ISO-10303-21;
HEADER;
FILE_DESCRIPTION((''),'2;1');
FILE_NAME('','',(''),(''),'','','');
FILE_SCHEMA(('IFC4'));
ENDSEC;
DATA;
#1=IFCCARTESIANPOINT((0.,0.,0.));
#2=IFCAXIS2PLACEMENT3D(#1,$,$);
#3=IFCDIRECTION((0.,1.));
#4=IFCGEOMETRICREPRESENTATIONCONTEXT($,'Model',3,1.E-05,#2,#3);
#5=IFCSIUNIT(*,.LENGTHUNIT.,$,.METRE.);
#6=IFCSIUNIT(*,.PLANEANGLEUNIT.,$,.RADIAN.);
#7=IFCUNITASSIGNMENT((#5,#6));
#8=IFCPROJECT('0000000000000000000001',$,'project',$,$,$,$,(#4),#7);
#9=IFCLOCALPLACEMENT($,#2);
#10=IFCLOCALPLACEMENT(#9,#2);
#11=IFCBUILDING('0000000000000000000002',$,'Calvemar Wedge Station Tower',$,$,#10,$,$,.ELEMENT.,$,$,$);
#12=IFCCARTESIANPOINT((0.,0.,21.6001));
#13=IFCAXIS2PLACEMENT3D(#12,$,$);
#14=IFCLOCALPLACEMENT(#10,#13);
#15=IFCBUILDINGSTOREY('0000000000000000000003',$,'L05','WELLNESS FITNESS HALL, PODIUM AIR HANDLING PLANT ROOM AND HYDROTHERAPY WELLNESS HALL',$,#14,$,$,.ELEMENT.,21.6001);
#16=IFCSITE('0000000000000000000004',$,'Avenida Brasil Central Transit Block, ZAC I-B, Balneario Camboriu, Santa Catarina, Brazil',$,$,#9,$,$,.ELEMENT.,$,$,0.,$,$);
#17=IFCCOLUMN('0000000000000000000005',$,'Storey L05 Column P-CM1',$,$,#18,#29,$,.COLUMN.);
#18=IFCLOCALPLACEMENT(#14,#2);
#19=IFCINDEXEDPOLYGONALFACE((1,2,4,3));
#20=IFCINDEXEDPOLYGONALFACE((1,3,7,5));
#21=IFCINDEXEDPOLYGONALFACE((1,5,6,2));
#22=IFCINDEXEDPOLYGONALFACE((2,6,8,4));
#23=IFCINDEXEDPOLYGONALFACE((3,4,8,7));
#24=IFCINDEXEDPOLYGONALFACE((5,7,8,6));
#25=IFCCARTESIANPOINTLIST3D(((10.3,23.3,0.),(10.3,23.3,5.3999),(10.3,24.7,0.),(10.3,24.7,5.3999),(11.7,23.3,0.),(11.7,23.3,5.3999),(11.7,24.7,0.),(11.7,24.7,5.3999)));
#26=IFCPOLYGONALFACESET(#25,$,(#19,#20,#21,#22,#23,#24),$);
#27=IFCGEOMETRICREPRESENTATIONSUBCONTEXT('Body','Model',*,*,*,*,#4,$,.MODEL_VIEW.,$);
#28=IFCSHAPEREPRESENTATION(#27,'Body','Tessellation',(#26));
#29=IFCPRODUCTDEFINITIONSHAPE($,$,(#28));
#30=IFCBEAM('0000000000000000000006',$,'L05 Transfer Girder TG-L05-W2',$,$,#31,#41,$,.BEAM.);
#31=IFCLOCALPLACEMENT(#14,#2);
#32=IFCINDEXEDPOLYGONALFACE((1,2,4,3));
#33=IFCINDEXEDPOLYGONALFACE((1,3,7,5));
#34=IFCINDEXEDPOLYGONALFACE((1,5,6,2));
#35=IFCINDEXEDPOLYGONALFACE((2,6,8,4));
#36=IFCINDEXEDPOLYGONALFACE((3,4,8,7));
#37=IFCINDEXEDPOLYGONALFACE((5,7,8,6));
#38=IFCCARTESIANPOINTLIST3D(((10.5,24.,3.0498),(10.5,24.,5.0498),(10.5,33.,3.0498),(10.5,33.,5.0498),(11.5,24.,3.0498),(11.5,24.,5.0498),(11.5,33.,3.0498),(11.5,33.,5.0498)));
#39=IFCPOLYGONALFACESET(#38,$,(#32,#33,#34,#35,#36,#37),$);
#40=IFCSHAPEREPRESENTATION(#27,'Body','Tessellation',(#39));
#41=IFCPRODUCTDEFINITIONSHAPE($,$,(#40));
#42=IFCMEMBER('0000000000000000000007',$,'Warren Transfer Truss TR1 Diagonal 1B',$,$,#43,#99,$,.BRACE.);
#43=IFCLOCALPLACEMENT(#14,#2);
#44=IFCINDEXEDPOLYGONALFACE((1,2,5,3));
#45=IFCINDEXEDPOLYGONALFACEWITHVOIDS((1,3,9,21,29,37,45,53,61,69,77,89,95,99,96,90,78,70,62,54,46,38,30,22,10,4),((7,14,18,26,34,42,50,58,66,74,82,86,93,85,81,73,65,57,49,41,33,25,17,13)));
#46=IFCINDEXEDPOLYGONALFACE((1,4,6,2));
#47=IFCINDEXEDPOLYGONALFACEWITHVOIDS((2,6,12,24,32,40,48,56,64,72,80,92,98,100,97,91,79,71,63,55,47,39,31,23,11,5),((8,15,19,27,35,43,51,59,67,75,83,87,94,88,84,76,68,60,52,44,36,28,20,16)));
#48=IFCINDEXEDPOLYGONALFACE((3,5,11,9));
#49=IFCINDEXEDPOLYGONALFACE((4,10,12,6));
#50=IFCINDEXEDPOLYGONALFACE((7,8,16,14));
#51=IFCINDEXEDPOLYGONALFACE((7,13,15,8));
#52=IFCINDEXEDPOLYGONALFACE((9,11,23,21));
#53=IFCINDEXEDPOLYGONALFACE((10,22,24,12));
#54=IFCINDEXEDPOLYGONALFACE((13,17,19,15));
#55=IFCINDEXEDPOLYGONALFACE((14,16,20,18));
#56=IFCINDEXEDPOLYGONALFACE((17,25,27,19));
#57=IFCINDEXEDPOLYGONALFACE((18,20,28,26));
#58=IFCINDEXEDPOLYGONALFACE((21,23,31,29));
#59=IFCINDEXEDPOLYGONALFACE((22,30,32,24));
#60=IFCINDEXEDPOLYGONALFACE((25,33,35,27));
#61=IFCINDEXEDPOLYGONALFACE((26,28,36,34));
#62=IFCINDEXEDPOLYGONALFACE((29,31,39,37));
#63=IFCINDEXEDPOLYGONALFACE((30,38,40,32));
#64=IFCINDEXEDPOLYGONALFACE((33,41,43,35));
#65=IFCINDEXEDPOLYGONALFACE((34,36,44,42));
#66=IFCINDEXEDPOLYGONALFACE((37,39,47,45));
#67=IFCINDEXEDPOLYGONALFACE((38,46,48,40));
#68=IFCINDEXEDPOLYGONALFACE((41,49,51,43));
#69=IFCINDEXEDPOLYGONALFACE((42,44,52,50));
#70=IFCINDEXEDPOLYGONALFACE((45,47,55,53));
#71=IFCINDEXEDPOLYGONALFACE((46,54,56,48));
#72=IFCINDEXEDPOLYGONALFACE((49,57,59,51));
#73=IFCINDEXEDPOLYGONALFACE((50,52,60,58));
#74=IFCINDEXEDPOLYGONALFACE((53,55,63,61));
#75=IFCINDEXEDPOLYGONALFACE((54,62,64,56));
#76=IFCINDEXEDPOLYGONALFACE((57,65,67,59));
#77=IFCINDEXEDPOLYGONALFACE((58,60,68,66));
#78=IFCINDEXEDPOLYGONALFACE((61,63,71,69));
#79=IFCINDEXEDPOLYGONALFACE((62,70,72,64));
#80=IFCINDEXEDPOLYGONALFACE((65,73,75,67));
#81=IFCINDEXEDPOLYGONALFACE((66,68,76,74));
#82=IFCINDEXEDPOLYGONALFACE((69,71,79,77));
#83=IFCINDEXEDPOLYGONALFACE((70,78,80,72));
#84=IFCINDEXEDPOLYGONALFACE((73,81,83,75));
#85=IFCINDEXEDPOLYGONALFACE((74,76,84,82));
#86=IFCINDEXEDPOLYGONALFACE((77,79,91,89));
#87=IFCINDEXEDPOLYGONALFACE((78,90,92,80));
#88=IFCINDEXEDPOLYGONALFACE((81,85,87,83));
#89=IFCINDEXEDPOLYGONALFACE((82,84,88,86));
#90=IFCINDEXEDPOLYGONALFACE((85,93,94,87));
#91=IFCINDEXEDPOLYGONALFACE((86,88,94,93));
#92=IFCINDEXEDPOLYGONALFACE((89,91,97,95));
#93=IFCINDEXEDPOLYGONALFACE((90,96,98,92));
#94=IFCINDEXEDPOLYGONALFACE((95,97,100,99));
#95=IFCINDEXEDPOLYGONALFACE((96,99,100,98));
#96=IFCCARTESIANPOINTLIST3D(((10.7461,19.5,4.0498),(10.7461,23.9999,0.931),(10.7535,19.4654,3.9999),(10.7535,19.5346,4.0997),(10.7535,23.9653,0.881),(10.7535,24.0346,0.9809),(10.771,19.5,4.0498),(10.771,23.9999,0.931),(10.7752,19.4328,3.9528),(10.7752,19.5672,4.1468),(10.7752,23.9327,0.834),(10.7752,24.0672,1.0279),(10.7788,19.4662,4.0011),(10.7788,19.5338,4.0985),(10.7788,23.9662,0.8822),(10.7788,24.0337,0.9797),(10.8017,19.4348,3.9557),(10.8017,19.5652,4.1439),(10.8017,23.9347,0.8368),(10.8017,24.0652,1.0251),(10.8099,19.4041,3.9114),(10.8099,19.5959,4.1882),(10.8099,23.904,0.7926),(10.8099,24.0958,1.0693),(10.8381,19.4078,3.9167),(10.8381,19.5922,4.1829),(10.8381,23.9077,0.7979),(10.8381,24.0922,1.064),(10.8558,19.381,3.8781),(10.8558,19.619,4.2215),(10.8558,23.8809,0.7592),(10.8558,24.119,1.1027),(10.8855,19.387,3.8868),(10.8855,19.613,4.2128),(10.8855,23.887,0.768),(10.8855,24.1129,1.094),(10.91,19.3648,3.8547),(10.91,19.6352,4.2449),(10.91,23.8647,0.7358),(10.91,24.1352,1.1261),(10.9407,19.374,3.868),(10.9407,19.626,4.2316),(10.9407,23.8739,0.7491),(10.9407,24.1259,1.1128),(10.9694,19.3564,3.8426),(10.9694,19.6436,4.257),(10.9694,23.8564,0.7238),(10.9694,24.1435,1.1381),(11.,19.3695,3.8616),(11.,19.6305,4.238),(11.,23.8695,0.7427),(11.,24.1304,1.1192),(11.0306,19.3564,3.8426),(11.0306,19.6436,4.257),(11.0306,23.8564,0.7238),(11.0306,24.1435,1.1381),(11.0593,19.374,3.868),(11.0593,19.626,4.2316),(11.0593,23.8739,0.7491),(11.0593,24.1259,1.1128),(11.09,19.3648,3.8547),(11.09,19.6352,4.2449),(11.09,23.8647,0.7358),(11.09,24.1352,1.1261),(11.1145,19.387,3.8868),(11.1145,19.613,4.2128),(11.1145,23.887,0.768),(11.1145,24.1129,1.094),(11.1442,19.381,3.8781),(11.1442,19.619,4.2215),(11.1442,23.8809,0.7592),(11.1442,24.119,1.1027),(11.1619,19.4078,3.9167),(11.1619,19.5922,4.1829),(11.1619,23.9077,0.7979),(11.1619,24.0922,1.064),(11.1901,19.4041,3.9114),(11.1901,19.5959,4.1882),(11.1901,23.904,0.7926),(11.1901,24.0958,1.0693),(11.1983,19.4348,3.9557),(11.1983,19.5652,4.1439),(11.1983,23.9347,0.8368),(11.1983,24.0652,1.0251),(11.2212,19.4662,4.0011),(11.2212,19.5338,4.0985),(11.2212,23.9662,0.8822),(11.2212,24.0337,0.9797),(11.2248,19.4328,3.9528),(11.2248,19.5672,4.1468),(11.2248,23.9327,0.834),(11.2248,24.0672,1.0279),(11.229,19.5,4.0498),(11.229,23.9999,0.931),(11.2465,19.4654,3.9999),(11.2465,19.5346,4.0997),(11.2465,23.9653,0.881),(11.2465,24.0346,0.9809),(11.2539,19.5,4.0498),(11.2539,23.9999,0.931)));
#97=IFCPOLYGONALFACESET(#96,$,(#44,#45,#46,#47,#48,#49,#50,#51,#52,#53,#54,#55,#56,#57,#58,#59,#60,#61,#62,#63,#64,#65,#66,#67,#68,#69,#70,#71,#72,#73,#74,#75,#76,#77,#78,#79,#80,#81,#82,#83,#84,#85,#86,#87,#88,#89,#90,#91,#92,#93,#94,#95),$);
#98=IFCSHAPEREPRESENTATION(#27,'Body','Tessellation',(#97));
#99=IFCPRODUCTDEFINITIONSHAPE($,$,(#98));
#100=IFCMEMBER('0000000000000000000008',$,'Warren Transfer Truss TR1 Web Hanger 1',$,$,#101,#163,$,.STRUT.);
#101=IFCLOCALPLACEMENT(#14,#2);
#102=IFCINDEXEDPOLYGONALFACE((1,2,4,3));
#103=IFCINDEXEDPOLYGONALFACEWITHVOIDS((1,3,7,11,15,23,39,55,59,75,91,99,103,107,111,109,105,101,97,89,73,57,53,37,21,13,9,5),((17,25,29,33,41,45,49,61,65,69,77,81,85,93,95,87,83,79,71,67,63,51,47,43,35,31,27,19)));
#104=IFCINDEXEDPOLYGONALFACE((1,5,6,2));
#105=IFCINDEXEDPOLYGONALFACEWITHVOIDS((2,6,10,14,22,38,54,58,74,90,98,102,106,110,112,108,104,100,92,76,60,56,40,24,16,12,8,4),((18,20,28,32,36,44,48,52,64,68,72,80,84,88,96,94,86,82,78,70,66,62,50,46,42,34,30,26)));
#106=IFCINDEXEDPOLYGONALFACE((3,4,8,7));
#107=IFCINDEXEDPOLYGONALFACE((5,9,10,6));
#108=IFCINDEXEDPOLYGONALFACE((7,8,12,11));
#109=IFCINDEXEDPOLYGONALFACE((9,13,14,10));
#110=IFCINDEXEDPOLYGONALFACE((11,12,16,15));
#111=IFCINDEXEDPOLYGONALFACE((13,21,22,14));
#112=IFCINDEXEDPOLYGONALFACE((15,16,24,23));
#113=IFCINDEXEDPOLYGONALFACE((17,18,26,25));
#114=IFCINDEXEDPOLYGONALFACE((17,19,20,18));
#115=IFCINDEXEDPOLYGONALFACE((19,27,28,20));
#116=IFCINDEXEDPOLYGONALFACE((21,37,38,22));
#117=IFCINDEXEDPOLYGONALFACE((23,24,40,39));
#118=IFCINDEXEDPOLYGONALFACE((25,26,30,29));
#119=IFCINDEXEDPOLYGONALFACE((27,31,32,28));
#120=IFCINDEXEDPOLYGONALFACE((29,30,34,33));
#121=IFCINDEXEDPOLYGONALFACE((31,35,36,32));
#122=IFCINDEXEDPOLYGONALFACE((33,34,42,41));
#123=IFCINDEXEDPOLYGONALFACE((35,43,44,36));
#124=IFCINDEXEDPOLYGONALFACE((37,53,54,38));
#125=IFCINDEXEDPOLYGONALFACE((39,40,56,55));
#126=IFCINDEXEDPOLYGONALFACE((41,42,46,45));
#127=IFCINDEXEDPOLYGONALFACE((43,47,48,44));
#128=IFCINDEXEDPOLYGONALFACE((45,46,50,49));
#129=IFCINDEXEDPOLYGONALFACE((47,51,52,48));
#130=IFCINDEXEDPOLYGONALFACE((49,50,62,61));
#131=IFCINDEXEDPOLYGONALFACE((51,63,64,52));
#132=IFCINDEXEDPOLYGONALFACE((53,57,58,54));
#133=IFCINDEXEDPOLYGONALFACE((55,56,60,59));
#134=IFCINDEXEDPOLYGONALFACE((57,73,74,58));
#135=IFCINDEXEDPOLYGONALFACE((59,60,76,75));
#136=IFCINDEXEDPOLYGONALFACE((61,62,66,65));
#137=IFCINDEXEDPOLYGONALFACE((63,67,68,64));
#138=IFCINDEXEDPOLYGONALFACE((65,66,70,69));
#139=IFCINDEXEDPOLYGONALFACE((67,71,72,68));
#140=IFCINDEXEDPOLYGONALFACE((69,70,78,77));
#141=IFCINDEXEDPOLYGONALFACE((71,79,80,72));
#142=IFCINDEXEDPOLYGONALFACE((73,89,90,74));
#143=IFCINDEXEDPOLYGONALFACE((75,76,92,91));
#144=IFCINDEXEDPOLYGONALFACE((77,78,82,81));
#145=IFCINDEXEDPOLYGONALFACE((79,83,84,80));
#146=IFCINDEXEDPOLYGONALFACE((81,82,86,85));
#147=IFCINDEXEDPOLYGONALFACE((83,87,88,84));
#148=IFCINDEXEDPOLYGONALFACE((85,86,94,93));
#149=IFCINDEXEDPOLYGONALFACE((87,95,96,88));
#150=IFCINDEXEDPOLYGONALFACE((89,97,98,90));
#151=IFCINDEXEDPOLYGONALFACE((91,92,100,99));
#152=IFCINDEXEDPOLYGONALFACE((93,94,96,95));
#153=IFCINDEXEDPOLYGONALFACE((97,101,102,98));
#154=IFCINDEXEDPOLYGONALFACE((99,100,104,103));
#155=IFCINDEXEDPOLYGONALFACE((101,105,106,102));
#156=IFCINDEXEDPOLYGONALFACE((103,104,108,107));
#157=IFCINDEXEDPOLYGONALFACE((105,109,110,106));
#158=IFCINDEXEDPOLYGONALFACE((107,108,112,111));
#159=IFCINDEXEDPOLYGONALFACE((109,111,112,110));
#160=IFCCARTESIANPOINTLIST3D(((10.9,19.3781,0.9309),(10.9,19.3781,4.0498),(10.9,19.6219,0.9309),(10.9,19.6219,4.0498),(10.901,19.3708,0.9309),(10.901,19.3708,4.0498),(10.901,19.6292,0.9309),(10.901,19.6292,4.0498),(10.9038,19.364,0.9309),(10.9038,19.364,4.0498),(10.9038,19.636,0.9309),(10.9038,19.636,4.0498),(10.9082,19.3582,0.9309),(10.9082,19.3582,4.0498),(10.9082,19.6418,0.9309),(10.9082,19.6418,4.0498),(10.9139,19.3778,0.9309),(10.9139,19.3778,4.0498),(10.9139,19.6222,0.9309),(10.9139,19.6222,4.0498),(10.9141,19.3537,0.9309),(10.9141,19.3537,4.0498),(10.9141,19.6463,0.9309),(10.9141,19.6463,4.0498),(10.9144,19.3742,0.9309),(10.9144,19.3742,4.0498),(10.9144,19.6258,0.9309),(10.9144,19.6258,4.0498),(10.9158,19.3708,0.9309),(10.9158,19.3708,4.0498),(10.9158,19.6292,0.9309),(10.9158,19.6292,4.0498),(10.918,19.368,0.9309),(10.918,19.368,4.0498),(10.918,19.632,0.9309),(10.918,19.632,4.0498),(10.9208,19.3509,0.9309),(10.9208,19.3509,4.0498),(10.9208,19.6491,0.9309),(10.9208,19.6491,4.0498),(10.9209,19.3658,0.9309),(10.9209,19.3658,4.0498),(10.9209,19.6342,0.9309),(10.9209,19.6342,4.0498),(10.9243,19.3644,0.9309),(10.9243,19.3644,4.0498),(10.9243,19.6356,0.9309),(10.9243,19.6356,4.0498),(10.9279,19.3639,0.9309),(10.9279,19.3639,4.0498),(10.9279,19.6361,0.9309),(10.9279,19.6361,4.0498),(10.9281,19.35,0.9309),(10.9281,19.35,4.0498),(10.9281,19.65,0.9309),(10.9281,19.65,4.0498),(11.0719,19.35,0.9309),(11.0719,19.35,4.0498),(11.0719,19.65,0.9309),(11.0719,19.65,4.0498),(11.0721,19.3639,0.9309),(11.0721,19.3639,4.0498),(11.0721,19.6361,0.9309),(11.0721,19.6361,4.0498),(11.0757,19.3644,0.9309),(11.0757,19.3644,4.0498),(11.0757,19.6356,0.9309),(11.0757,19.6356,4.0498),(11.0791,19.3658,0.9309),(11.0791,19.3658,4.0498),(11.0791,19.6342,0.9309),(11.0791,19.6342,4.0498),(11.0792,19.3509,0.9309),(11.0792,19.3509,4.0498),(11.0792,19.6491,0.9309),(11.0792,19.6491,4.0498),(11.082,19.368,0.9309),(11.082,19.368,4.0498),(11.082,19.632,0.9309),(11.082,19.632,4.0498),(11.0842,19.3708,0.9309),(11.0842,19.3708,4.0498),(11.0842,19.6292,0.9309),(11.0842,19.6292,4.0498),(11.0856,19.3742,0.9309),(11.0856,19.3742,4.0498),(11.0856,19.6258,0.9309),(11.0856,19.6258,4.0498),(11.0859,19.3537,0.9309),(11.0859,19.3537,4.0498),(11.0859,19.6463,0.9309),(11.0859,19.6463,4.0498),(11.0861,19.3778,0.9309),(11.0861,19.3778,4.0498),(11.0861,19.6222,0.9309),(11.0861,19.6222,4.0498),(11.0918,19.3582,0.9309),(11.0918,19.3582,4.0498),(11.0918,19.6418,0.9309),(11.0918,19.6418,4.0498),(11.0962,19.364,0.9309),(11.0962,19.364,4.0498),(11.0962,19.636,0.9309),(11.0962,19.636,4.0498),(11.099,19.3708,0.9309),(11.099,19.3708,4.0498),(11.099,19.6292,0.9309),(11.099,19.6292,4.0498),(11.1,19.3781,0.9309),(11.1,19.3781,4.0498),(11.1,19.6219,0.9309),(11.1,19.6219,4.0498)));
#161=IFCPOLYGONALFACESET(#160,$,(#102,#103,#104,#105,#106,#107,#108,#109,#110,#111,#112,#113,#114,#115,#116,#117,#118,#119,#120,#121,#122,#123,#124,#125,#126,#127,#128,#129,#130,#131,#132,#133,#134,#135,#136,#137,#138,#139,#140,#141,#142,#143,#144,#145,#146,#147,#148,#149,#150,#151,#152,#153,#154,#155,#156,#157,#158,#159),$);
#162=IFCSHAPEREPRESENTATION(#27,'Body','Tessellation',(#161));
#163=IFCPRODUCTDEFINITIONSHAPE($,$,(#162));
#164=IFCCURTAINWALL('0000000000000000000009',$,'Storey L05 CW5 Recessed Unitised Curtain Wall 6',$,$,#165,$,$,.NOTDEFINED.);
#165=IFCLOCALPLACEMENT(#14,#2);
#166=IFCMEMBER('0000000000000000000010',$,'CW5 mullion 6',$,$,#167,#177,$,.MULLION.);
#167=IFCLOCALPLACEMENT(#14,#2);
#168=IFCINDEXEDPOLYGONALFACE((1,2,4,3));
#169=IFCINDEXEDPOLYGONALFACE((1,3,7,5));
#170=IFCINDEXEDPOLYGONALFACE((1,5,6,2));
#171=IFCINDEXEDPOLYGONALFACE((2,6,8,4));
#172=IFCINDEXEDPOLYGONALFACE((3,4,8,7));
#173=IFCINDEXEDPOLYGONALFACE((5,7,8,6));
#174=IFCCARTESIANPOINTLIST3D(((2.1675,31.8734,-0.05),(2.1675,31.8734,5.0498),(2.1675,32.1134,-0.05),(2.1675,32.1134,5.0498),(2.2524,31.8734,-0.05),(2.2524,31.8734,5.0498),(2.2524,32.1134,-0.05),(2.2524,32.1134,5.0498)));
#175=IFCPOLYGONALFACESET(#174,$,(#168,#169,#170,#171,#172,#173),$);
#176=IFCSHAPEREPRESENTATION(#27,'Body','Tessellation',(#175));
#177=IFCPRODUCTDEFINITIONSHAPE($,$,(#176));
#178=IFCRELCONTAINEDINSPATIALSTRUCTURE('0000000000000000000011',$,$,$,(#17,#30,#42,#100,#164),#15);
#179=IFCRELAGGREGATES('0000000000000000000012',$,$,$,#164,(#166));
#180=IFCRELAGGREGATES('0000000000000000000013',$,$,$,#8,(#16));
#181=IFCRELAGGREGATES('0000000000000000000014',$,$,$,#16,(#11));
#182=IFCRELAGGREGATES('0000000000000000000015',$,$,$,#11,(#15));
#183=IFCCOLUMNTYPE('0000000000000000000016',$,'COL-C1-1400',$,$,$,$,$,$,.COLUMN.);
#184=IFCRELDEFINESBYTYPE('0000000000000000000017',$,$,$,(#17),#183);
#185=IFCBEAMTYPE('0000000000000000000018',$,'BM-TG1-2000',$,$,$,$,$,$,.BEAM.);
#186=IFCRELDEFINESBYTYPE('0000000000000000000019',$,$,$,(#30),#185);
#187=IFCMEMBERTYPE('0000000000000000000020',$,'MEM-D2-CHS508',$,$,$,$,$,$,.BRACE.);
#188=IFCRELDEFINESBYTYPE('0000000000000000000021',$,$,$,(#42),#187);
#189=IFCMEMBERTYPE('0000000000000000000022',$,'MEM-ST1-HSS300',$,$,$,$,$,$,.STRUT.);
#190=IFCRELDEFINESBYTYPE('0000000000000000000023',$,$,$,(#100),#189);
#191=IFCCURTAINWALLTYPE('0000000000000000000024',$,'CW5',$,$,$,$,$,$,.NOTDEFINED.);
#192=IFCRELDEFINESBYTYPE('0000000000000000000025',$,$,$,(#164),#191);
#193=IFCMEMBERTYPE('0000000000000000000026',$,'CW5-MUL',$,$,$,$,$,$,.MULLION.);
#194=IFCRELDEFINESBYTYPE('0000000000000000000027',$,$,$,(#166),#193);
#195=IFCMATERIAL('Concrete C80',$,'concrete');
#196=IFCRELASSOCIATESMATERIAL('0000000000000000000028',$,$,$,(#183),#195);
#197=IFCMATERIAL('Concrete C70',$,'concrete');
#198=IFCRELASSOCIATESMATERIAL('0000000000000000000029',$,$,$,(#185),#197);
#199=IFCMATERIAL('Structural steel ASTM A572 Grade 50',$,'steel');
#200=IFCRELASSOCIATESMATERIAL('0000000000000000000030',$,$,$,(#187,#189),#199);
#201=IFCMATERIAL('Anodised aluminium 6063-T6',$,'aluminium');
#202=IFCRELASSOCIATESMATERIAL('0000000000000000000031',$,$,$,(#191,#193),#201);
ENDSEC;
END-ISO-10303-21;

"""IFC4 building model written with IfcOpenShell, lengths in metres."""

from ifc_helpers import new_model, si_unit, direction, frame, origin, origin_2d, place, context, subcontext, project, spatial, rectangle, hollow_rectangle, hollow_circle, extrude, source, transform, mapped, material, material_profile, profile_set, type_object, element, aggregate, save


model = new_model("IFC4")

# Units and contexts
model_context = context("Model", 3, precision=1e-05, world=origin(), true_north=direction((0.0, 1.0)))
body_context = subcontext(model_context, "Body", "Model", "MODEL_VIEW")
ifc_project = project(units=[si_unit("LENGTHUNIT", "METRE"), si_unit("PLANEANGLEUNIT", "RADIAN")], contexts=[model_context])

# Site, building, storey
site_placement = place(None, origin())
site = spatial("IfcSite", under=ifc_project, at=site_placement, Name="Avenida Brasil Central Transit Block, ZAC I-B, Balneario Camboriu, Santa Catarina, Brazil", CompositionType="ELEMENT", RefElevation=0.0)
building_placement = place(site_placement, origin())
building = spatial("IfcBuilding", under=site, at=building_placement, Name="Calvemar Wedge Station Tower", CompositionType="ELEMENT")
storey_placement = place(building_placement, frame((0.0, 0.0, 21.6001)))
storey = spatial("IfcBuildingStorey", under=building, at=storey_placement, Name="L05", Description="WELLNESS FITNESS HALL, PODIUM AIR HANDLING PLANT ROOM AND HYDROTHERAPY WELLNESS HALL", CompositionType="ELEMENT", Elevation=21.6001)

# Column
ifc_material_1 = material(Name="Concrete C80", Category="concrete")
ifc_material_profile_1 = material_profile(ifc_material_1, rectangle(XDim=1.3999, YDim=1.3999, at=origin_2d()), Name="RC1400x1400")
ifc_profile_set_1 = profile_set([ifc_material_profile_1], Name="Concrete C80")
column_type = type_object("IfcColumnType", Name="COL-C1-1400", PredefinedType="COLUMN", material=ifc_profile_set_1)
shared_shape_1 = source(origin(), body_context, "Body", "SweptSolid", [
    extrude(rectangle(XDim=1.3999, YDim=1.3999, at=origin_2d()), origin(), (0.0, 0.0, 1.0), 5.3999),
])
column_placement = place(storey_placement, frame((11.0, 24.0, 0.0), z_axis=(0.0, 0.0, 1.0), x_axis=(1.0, 0.0, 0.0)))
element("IfcColumn", 1, at=column_placement, inside=storey, type_object=column_type, Name="Storey L05 Column P-CM1", PredefinedType="COLUMN", context=body_context, shape_type="MappedRepresentation", body=[
    mapped(shared_shape_1, transform((0.0, 0.0, 0.0), scale=1.0)),
])

# Beam
ifc_material_2 = material(Name="Concrete C70", Category="concrete")
ifc_material_profile_2 = material_profile(ifc_material_2, rectangle(XDim=1.0, YDim=2.0, at=origin_2d()), Name="RC1000x2000")
ifc_profile_set_2 = profile_set([ifc_material_profile_2], Name="Concrete C70")
beam_type = type_object("IfcBeamType", Name="BM-TG1-2000", PredefinedType="BEAM", material=ifc_profile_set_2)
shared_shape_2 = source(origin(), body_context, "Body", "SweptSolid", [
    extrude(rectangle(XDim=1.0, YDim=2.0, at=origin_2d()), origin(), (0.0, 0.0, 1.0), 9.0),
])
beam_placement = place(storey_placement, frame((11.0, 24.0, 4.0498), z_axis=(0.0, 1.0, 0.0), x_axis=(-1.0, 0.0, 0.0)))
element("IfcBeam", 2, at=beam_placement, inside=storey, type_object=beam_type, Name="L05 Transfer Girder TG-L05-W2", PredefinedType="BEAM", context=body_context, shape_type="MappedRepresentation", body=[
    mapped(shared_shape_2, transform((0.0, 0.0, 0.0), scale=1.0)),
])

# Members
ifc_material_3 = material(Name="Structural steel ASTM A572 Grade 50", Category="steel")
ifc_material_profile_3 = material_profile(ifc_material_3, hollow_circle(Radius=0.2539, WallThickness=0.0249, at=origin_2d()), Name="CHS508x25")
ifc_profile_set_3 = profile_set([ifc_material_profile_3], Name="Structural steel ASTM A572 Grade 50")
member_type_1 = type_object("IfcMemberType", Name="MEM-D2-CHS508", PredefinedType="BRACE", material=ifc_profile_set_3)
shared_shape_3 = source(origin(), body_context, "Body", "SweptSolid", [
    extrude(hollow_circle(Radius=0.2539, WallThickness=0.0249, at=origin_2d()), origin(), (0.0, 0.0, 1.0), 5.4751),
])
member_1_placement = place(storey_placement, frame((11.0, 19.5, 4.0498), z_axis=(0.0, 0.821892, -0.569643), x_axis=(-1.0, 0.0, 0.0)))
element("IfcMember", 3, at=member_1_placement, inside=storey, type_object=member_type_1, Name="Warren Transfer Truss TR1 Diagonal 1B", PredefinedType="BRACE", context=body_context, shape_type="MappedRepresentation", body=[
    mapped(shared_shape_3, transform((0.0, 0.0, 0.0), scale=1.0)),
])
ifc_material_profile_4 = material_profile(ifc_material_3, hollow_rectangle(XDim=0.2, YDim=0.3, WallThickness=0.0139, InnerFilletRadius=0.0139, OuterFilletRadius=0.0281, at=origin_2d()), Name="HSS300x200x14")
ifc_profile_set_4 = profile_set([ifc_material_profile_4], Name="Structural steel ASTM A572 Grade 50")
member_type_2 = type_object("IfcMemberType", Name="MEM-ST1-HSS300", PredefinedType="STRUT", material=ifc_profile_set_4)
shared_shape_4 = source(origin(), body_context, "Body", "SweptSolid", [
    extrude(hollow_rectangle(XDim=0.2, YDim=0.3, WallThickness=0.0139, InnerFilletRadius=0.0139, OuterFilletRadius=0.0281, at=origin_2d()), origin(), (0.0, 0.0, 1.0), 3.1189),
])
member_2_placement = place(storey_placement, frame((11.0, 19.5, 0.9309), z_axis=(0.0, 0.0, 1.0), x_axis=(1.0, 0.0, 0.0)))
element("IfcMember", 4, at=member_2_placement, inside=storey, type_object=member_type_2, Name="Warren Transfer Truss TR1 Web Hanger 1", PredefinedType="STRUT", context=body_context, shape_type="MappedRepresentation", body=[
    mapped(shared_shape_4, transform((0.0, 0.0, 0.0), scale=1.0)),
])

# Curtain wall, member
ifc_material_4 = material(Name="Anodised aluminium 6063-T6", Category="aluminium")
curtain_wall_type = type_object("IfcCurtainWallType", Name="CW5", PredefinedType="NOTDEFINED", material=ifc_material_4)
curtain_wall_placement = place(storey_placement, origin())
curtain_wall = element("IfcCurtainWall", 5, at=curtain_wall_placement, inside=storey, type_object=curtain_wall_type, Name="Storey L05 CW5 Recessed Unitised Curtain Wall 6", PredefinedType="NOTDEFINED")
ifc_material_profile_5 = material_profile(ifc_material_4, rectangle(XDim=0.085, YDim=0.24, at=origin_2d()), Name="AL-MUL-85x240")
ifc_profile_set_5 = profile_set([ifc_material_profile_5], Name="Anodised aluminium 6063-T6")
member_type_3 = type_object("IfcMemberType", Name="CW5-MUL", PredefinedType="MULLION", material=ifc_profile_set_5)
shared_shape_5 = source(origin(), body_context, "Body", "SweptSolid", [
    extrude(rectangle(XDim=0.085, YDim=0.24, at=origin_2d()), origin(), (0.0, 0.0, 1.0), 5.0999),
])
member_3_placement = place(storey_placement, frame((2.21, 31.9934, -0.05), z_axis=(0.0, 0.0, 1.0), x_axis=(1.0, 0.0, 0.0)))
member_3 = element("IfcMember", 6, at=member_3_placement, type_object=member_type_3, Name="CW5 mullion 6", PredefinedType="MULLION", context=body_context, shape_type="MappedRepresentation", body=[
    mapped(shared_shape_5, transform((0.0, 0.0, 0.0), scale=1.0)),
])
aggregate(curtain_wall, [member_3])

save(model, "model.ifc")
